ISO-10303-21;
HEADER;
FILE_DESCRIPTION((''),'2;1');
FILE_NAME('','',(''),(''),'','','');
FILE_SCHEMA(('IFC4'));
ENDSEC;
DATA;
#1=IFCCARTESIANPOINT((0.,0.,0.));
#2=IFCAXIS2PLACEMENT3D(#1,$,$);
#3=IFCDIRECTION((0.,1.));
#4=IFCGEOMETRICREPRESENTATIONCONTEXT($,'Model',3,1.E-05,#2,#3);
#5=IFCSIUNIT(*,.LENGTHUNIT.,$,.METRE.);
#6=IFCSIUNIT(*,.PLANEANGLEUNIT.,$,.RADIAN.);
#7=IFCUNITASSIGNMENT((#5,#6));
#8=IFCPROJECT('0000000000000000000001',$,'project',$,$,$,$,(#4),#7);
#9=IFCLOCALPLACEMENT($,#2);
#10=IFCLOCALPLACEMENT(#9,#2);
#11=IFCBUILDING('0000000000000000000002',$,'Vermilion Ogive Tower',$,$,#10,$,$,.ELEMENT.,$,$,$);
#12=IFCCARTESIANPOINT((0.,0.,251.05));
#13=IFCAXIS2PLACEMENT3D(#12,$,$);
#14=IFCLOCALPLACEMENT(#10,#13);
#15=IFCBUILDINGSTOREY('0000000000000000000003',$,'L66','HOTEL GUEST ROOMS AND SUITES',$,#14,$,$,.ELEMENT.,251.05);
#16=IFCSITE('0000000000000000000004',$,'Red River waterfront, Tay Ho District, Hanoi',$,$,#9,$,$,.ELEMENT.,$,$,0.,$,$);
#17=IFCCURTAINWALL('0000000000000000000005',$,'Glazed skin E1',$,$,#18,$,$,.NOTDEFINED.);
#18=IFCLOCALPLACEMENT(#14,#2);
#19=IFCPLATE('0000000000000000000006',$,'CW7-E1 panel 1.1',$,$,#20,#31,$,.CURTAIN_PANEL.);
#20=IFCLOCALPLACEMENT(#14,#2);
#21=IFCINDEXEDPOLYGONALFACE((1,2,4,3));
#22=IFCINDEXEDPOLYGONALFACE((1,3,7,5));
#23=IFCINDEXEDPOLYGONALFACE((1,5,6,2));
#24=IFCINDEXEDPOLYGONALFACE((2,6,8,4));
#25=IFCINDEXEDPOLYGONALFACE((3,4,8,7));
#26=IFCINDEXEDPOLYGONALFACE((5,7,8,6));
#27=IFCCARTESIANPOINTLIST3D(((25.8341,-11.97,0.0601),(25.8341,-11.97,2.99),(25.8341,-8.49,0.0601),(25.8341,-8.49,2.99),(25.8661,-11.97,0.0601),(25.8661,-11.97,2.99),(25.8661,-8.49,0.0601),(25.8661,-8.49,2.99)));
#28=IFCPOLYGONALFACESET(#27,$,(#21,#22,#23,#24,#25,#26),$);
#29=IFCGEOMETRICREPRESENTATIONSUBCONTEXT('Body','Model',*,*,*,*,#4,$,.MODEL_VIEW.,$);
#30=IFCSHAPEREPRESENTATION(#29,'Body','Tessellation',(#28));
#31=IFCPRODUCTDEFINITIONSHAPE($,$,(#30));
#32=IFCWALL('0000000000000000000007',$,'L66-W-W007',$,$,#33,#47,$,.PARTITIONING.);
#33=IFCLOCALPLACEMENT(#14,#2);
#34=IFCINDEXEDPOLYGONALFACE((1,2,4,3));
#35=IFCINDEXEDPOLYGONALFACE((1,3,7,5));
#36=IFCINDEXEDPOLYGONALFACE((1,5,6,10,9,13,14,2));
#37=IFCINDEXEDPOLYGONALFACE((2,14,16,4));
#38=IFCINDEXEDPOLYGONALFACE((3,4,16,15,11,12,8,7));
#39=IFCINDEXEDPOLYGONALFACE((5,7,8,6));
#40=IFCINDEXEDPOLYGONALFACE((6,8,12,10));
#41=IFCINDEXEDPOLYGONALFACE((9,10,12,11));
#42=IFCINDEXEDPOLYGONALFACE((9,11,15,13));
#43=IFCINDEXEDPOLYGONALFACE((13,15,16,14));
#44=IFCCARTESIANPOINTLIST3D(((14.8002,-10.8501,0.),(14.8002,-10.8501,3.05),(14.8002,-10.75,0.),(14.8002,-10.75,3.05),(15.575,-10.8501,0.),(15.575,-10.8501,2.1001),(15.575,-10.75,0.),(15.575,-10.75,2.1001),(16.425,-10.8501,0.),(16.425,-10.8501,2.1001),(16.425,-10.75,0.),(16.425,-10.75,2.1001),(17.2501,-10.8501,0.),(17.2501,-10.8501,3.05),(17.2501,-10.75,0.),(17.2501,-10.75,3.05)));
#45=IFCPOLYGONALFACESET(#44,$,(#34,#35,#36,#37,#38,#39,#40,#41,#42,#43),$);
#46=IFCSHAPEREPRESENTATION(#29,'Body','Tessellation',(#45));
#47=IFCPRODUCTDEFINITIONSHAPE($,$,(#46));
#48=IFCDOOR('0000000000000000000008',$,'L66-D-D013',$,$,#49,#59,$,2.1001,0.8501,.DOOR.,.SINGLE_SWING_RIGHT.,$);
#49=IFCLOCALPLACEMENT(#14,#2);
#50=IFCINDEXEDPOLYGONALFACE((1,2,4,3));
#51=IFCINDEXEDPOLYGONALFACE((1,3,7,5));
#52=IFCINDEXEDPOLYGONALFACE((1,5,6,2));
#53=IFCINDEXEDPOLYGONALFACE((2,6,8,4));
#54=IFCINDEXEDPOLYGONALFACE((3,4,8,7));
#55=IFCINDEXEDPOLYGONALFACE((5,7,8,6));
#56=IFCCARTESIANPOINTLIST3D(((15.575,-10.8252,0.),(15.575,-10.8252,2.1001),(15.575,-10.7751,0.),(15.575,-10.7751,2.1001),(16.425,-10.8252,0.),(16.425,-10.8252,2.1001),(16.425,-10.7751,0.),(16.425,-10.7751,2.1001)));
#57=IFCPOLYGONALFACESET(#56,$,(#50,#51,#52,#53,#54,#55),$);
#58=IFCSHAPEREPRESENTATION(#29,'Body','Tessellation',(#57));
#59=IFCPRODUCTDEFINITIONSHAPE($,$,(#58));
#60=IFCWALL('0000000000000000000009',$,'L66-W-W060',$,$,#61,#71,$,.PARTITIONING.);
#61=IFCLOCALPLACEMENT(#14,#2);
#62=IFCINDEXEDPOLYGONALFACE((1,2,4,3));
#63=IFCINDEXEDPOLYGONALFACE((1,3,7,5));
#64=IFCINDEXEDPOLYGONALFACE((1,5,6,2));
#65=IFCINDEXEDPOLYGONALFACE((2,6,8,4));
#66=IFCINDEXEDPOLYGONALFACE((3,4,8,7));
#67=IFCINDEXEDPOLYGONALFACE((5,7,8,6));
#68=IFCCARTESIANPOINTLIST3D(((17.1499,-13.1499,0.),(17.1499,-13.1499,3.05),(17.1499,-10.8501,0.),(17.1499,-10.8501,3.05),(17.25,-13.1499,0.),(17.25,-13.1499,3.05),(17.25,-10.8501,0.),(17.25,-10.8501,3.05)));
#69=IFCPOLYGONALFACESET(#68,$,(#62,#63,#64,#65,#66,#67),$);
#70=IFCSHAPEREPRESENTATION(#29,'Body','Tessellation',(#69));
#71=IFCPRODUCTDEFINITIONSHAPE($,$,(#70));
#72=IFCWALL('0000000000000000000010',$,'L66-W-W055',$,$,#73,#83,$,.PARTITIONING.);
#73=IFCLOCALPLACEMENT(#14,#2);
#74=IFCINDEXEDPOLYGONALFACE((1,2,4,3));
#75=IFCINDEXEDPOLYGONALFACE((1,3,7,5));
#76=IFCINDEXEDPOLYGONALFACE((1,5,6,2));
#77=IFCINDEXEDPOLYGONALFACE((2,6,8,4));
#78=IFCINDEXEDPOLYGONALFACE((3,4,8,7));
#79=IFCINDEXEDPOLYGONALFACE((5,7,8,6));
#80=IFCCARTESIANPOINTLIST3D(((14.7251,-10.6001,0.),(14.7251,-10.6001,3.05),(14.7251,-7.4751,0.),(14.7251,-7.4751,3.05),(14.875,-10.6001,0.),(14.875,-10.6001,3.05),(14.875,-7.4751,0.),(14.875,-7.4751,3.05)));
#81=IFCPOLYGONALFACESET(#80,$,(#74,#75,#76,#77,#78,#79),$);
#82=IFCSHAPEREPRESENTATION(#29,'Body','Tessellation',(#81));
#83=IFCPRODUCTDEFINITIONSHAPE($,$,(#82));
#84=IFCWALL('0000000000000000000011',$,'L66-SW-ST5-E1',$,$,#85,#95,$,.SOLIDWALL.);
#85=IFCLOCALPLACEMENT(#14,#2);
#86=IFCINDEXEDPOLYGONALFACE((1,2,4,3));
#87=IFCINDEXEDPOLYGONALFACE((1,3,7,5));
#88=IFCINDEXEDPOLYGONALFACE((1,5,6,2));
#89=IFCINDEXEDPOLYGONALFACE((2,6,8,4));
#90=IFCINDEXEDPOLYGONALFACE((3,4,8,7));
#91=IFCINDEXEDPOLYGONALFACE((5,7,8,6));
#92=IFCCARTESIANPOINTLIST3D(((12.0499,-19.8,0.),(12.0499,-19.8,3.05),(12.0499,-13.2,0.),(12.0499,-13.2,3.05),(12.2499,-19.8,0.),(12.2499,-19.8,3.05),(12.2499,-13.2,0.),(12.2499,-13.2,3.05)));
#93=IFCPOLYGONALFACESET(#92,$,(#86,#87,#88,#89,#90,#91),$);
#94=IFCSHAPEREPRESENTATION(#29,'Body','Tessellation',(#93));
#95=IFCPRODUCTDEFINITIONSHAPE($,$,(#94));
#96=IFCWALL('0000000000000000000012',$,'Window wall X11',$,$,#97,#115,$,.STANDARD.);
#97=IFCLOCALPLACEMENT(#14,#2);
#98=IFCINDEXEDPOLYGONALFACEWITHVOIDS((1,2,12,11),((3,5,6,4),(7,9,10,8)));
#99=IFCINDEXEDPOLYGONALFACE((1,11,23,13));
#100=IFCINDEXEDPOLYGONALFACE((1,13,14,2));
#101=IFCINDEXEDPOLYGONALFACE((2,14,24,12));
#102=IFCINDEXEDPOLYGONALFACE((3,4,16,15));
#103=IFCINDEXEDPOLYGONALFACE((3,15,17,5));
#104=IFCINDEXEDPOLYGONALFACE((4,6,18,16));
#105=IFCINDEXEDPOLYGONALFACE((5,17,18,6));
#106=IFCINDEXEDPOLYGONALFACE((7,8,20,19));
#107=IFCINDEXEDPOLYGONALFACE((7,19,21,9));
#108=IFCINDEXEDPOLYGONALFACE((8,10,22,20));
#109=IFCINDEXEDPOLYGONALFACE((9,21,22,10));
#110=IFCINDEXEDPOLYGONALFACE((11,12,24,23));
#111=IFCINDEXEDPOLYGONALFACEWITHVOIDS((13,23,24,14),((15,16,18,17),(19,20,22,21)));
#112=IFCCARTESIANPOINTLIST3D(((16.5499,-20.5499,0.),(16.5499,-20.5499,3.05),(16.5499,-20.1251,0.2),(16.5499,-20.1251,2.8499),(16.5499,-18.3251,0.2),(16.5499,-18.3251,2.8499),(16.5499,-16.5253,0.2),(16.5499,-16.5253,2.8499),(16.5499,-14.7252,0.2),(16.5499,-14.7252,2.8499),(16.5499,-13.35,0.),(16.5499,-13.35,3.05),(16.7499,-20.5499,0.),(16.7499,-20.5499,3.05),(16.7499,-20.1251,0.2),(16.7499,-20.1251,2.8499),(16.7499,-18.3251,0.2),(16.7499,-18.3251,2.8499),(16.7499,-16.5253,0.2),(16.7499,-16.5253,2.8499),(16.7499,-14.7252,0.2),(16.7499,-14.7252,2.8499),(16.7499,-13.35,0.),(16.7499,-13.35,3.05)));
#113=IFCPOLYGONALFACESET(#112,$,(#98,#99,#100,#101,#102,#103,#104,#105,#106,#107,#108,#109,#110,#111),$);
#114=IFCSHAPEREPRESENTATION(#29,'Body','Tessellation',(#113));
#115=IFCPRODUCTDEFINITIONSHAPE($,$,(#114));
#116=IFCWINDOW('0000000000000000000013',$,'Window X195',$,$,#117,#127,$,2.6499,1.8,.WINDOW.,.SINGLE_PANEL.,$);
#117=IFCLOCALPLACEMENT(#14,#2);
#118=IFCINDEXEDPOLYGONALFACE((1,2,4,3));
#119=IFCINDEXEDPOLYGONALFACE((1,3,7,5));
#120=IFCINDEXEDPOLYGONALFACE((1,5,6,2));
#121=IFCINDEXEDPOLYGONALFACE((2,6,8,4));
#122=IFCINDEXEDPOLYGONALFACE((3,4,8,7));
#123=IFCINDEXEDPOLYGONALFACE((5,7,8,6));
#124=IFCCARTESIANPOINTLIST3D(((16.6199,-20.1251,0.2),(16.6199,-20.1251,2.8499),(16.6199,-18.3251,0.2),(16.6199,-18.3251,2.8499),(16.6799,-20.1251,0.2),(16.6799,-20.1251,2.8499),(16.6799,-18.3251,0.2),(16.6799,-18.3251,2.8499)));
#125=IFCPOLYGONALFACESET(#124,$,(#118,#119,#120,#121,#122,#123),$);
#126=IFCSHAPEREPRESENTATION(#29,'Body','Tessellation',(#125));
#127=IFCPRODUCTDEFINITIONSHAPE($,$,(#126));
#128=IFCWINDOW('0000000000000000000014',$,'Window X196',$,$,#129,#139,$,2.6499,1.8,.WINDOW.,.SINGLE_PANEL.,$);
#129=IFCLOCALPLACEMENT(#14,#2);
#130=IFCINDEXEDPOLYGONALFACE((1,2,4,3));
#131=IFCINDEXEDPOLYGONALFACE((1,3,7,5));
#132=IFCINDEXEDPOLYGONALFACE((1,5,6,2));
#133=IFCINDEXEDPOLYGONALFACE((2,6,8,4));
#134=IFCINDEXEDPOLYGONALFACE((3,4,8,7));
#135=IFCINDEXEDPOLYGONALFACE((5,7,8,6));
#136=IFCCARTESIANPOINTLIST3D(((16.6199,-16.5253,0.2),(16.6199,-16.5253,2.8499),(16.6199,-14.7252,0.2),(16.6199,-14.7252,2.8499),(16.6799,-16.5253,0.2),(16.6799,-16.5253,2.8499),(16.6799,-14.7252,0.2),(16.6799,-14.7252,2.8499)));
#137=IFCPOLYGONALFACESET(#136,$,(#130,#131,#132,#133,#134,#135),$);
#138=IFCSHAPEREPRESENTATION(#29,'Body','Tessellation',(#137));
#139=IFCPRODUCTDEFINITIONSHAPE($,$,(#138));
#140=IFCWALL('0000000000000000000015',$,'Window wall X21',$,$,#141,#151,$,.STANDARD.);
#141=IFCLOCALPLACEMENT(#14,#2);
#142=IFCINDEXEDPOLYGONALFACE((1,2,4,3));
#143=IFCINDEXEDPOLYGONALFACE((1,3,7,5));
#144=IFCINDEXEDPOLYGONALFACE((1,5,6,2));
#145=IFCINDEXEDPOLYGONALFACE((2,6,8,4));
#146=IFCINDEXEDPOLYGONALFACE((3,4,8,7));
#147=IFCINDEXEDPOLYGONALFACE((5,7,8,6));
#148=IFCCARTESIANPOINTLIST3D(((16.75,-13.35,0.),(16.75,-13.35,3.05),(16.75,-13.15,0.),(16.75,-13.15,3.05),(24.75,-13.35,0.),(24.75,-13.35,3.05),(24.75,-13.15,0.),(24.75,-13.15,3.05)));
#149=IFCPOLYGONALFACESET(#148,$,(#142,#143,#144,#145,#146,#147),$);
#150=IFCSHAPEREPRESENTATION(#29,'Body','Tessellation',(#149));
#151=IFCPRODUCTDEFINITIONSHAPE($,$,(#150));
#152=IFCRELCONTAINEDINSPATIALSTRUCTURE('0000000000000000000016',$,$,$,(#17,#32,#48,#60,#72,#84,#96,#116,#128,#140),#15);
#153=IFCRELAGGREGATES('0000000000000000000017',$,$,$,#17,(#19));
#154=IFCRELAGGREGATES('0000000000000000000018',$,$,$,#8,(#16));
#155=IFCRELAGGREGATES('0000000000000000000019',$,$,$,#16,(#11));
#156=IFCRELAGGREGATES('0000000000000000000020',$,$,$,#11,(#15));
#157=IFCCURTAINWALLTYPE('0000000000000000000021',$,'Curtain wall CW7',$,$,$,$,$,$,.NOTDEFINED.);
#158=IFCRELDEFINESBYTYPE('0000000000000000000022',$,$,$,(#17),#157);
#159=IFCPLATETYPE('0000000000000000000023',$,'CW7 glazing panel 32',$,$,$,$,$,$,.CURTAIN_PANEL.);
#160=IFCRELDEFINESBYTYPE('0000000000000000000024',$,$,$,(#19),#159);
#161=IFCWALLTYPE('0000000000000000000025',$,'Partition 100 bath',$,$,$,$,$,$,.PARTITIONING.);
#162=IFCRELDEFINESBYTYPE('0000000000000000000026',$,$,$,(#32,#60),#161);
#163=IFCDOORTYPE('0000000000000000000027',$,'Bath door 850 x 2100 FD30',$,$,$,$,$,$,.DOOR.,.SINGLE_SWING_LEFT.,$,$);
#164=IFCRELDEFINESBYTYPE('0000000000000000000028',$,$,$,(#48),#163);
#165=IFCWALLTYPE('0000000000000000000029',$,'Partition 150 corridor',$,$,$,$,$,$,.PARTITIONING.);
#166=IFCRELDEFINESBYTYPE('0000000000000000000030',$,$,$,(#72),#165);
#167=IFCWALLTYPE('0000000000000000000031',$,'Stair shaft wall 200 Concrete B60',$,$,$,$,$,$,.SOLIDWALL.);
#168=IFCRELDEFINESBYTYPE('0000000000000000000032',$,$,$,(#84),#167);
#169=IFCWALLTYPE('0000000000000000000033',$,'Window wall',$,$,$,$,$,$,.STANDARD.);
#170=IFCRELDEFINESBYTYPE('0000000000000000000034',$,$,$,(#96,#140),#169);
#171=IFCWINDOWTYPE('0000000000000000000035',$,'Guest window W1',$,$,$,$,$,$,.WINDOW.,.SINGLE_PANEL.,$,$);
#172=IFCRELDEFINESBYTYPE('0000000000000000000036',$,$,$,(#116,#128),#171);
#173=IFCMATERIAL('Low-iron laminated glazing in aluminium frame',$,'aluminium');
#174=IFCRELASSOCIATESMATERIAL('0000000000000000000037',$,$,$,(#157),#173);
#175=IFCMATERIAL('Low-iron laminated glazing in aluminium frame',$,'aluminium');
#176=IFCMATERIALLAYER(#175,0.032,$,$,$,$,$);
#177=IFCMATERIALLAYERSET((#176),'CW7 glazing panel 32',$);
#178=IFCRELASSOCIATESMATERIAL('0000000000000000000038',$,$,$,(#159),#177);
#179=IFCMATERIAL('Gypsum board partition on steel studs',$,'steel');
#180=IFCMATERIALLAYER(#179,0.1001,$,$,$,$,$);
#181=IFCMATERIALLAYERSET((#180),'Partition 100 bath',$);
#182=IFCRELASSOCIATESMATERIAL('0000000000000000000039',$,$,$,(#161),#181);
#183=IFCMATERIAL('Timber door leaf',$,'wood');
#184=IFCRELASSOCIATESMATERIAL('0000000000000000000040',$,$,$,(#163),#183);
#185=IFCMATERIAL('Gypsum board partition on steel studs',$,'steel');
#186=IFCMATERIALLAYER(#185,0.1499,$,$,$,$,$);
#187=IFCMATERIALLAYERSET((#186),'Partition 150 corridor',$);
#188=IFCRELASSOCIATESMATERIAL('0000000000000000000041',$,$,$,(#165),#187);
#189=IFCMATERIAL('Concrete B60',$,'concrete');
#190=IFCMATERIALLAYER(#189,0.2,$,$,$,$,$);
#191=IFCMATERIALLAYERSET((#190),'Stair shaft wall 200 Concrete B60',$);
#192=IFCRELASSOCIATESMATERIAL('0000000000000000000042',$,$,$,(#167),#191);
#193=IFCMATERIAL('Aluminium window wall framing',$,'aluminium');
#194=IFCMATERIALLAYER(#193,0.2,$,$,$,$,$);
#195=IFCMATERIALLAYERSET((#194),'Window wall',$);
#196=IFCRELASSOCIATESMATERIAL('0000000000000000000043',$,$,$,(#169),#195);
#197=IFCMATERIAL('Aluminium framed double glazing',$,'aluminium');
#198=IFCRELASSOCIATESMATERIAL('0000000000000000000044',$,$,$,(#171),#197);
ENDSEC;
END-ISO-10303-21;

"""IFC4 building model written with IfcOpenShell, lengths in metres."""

from ifc_helpers import new_model, si_unit, direction, frame, frame_2d, origin, origin_2d, place, context, subcontext, project, spatial, rectangle, extrude, material, layer, layer_set, type_object, element, fill, aggregate, save


model = new_model("IFC4")

# Units and contexts
model_context = context("Model", 3, precision=1e-05, world=origin(), true_north=direction((0.0, 1.0)))
body_context = subcontext(model_context, "Body", "Model", "MODEL_VIEW")
ifc_project = project(units=[si_unit("LENGTHUNIT", "METRE"), si_unit("PLANEANGLEUNIT", "RADIAN")], contexts=[model_context])

# Site, building, storey
site_placement = place(None, origin())
site = spatial("IfcSite", under=ifc_project, at=site_placement, Name="Red River waterfront, Tay Ho District, Hanoi", CompositionType="ELEMENT", RefElevation=0.0)
building_placement = place(site_placement, origin())
building = spatial("IfcBuilding", under=site, at=building_placement, Name="Vermilion Ogive Tower", CompositionType="ELEMENT")
storey_placement = place(building_placement, frame((0.0, 0.0, 251.05)))
storey = spatial("IfcBuildingStorey", under=building, at=storey_placement, Name="L66", Description="HOTEL GUEST ROOMS AND SUITES", CompositionType="ELEMENT", Elevation=251.05)

# Shared definitions
ifc_material_1 = material(Name="Low-iron laminated glazing in aluminium frame", Category="aluminium")
curtain_wall_type = type_object("IfcCurtainWallType", Name="Curtain wall CW7", PredefinedType="NOTDEFINED", material=ifc_material_1)

# Curtain wall
curtain_wall_1_placement = place(storey_placement, origin())
curtain_wall_1 = element("IfcCurtainWall", 1, at=curtain_wall_1_placement, inside=storey, type_object=curtain_wall_type, Name="Glazed skin E1", PredefinedType="NOTDEFINED")

# Plate
ifc_material_2 = material(Name="Low-iron laminated glazing in aluminium frame", Category="aluminium")
ifc_layer_1 = layer(ifc_material_2, 0.032)
ifc_layer_set_1 = layer_set([ifc_layer_1], Name="CW7 glazing panel 32")
plate_type = type_object("IfcPlateType", Name="CW7 glazing panel 32", PredefinedType="CURTAIN_PANEL", material=ifc_layer_set_1)
plate_1_placement = place(storey_placement, frame((25.8501, -10.23, 0.0601), z_axis=(0.0, 0.0, 1.0), x_axis=(0.0, 1.0, 0.0)))
plate_1 = element("IfcPlate", 2, at=plate_1_placement, type_object=plate_type, Name="CW7-E1 panel 1.1", PredefinedType="CURTAIN_PANEL", context=body_context, shape_type="SweptSolid", body=[
    extrude(rectangle(XDim=3.48, YDim=0.032, at=origin_2d()), origin(), (0.0, 0.0, 1.0), 2.9299),
])
aggregate(curtain_wall_1, [plate_1])

# Wall, opening, door
ifc_material_3 = material(Name="Gypsum board partition on steel studs", Category="steel")
ifc_layer_2 = layer(ifc_material_3, 0.1001)
ifc_layer_set_2 = layer_set([ifc_layer_2], Name="Partition 100 bath")
wall_type_1 = type_object("IfcWallType", Name="Partition 100 bath", PredefinedType="PARTITIONING", material=ifc_layer_set_2)
wall_1_placement = place(storey_placement, frame((14.8, -10.8, 0.0), z_axis=(0.0, 0.0, 1.0), x_axis=(1.0, 0.0, 0.0)))
wall_1 = element("IfcWall", 3, at=wall_1_placement, inside=storey, type_object=wall_type_1, Name="L66-W-W007", PredefinedType="PARTITIONING", context=body_context, shape_type="SweptSolid", body=[
    extrude(rectangle(XDim=2.45, YDim=0.1001, at=frame_2d((1.2251, 0.0))), origin(), (0.0, 0.0, 1.0), 3.05),
])
opening_1_placement = place(wall_1_placement, frame((0.7749, 0.0, 0.0)))
opening_1 = element("IfcOpeningElement", 4, at=opening_1_placement, cuts=wall_1, PredefinedType="OPENING", context=body_context, shape_type="SweptSolid", body=[
    extrude(rectangle(XDim=0.8501, YDim=2.1001, at=frame_2d((0.425, 1.05))), frame((0.0, 0.0601, 0.0), z_axis=(0.0, -1.0, 0.0), x_axis=(1.0, 0.0, 0.0)), (0.0, 0.0, 1.0), 0.1201),
])
ifc_material_4 = material(Name="Timber door leaf", Category="wood")
door_type = type_object("IfcDoorType", Name="Bath door 850 x 2100 FD30", OperationType="SINGLE_SWING_LEFT", PredefinedType="DOOR", material=ifc_material_4)
door_placement = place(opening_1_placement, origin())
door = element("IfcDoor", 5, at=door_placement, inside=storey, type_object=door_type, Name="L66-D-D013", OperationType="SINGLE_SWING_RIGHT", OverallHeight=2.1001, OverallWidth=0.8501, PredefinedType="DOOR", context=body_context, shape_type="SweptSolid", body=[
    extrude(rectangle(XDim=0.8501, YDim=2.1001, at=frame_2d((0.425, 1.05))), frame((0.0, 0.0249, 0.0), z_axis=(0.0, -1.0, 0.0), x_axis=(1.0, 0.0, 0.0)), (0.0, 0.0, 1.0), 0.05),
])
fill(opening_1, door)

# Walls
wall_2_placement = place(storey_placement, frame((17.2, -13.1499, 0.0), z_axis=(0.0, 0.0, 1.0), x_axis=(0.0, 1.0, 0.0)))
element("IfcWall", 6, at=wall_2_placement, inside=storey, type_object=wall_type_1, Name="L66-W-W060", PredefinedType="PARTITIONING", context=body_context, shape_type="SweptSolid", body=[
    extrude(rectangle(XDim=2.2998, YDim=0.1001, at=frame_2d((1.1499, 0.0))), origin(), (0.0, 0.0, 1.0), 3.05),
])
ifc_material_5 = material(Name="Gypsum board partition on steel studs", Category="steel")
ifc_layer_3 = layer(ifc_material_5, 0.1499)
ifc_layer_set_3 = layer_set([ifc_layer_3], Name="Partition 150 corridor")
wall_type_2 = type_object("IfcWallType", Name="Partition 150 corridor", PredefinedType="PARTITIONING", material=ifc_layer_set_3)
wall_3_placement = place(storey_placement, frame((14.8, -10.6001, 0.0), z_axis=(0.0, 0.0, 1.0), x_axis=(0.0, 1.0, 0.0)))
element("IfcWall", 7, at=wall_3_placement, inside=storey, type_object=wall_type_2, Name="L66-W-W055", PredefinedType="PARTITIONING", context=body_context, shape_type="SweptSolid", body=[
    extrude(rectangle(XDim=3.125, YDim=0.1499, at=frame_2d((1.5625, 0.0))), origin(), (0.0, 0.0, 1.0), 3.05),
])
ifc_material_6 = material(Name="Concrete B60", Category="concrete")
ifc_layer_4 = layer(ifc_material_6, 0.2)
ifc_layer_set_4 = layer_set([ifc_layer_4], Name="Stair shaft wall 200 Concrete B60")
wall_type_3 = type_object("IfcWallType", Name="Stair shaft wall 200 Concrete B60", PredefinedType="SOLIDWALL", material=ifc_layer_set_4)
wall_4_placement = place(storey_placement, frame((12.1499, -19.8, 0.0), z_axis=(0.0, 0.0, 1.0), x_axis=(0.0, 1.0, 0.0)))
element("IfcWall", 8, at=wall_4_placement, inside=storey, type_object=wall_type_3, Name="L66-SW-ST5-E1", PredefinedType="SOLIDWALL", context=body_context, shape_type="SweptSolid", body=[
    extrude(rectangle(XDim=6.6001, YDim=0.2, at=frame_2d((3.3, 0.0))), origin(), (0.0, 0.0, 1.0), 3.05),
])

# Wall, openings, windows
ifc_material_7 = material(Name="Aluminium window wall framing", Category="aluminium")
ifc_layer_5 = layer(ifc_material_7, 0.2)
ifc_layer_set_5 = layer_set([ifc_layer_5], Name="Window wall")
wall_type_4 = type_object("IfcWallType", Name="Window wall", PredefinedType="STANDARD", material=ifc_layer_set_5)
wall_5_placement = place(storey_placement, frame((16.6499, -20.55, 0.0), z_axis=(0.0, 0.0, 1.0), x_axis=(0.0, 1.0, 0.0)))
wall_5 = element("IfcWall", 9, at=wall_5_placement, inside=storey, type_object=wall_type_4, Name="Window wall X11", PredefinedType="STANDARD", context=body_context, shape_type="SweptSolid", body=[
    extrude(rectangle(XDim=7.2, YDim=0.2, at=frame_2d((3.6001, 0.0))), origin(), (0.0, 0.0, 1.0), 3.05),
])
opening_2_placement = place(wall_5_placement, frame((0.425, 0.0, 0.2)))
opening_2 = element("IfcOpeningElement", 10, at=opening_2_placement, cuts=wall_5, PredefinedType="OPENING", context=body_context, shape_type="SweptSolid", body=[
    extrude(rectangle(XDim=1.8, YDim=2.6499, at=frame_2d((0.8999, 1.325))), frame((0.0, 0.1099, 0.0), z_axis=(0.0, -1.0, 0.0), x_axis=(1.0, 0.0, 0.0)), (0.0, 0.0, 1.0), 0.22),
])
opening_3_placement = place(wall_5_placement, frame((4.0249, 0.0, 0.2)))
opening_3 = element("IfcOpeningElement", 11, at=opening_3_placement, cuts=wall_5, PredefinedType="OPENING", context=body_context, shape_type="SweptSolid", body=[
    extrude(rectangle(XDim=1.8, YDim=2.6499, at=frame_2d((0.8999, 1.325))), frame((0.0, 0.1099, 0.0), z_axis=(0.0, -1.0, 0.0), x_axis=(1.0, 0.0, 0.0)), (0.0, 0.0, 1.0), 0.22),
])
ifc_material_8 = material(Name="Aluminium framed double glazing", Category="aluminium")
window_type = type_object("IfcWindowType", Name="Guest window W1", PartitioningType="SINGLE_PANEL", PredefinedType="WINDOW", material=ifc_material_8)
window_1_placement = place(opening_2_placement, origin())
window_1 = element("IfcWindow", 12, at=window_1_placement, inside=storey, type_object=window_type, Name="Window X195", OverallHeight=2.6499, OverallWidth=1.8, PartitioningType="SINGLE_PANEL", PredefinedType="WINDOW", context=body_context, shape_type="SweptSolid", body=[
    extrude(rectangle(XDim=1.8, YDim=2.6499, at=frame_2d((0.8999, 1.325))), frame((0.0, 0.03, 0.0), z_axis=(0.0, -1.0, 0.0), x_axis=(1.0, 0.0, 0.0)), (0.0, 0.0, 1.0), 0.0601),
])
fill(opening_2, window_1)
window_2_placement = place(opening_3_placement, origin())
window_2 = element("IfcWindow", 13, at=window_2_placement, inside=storey, type_object=window_type, Name="Window X196", OverallHeight=2.6499, OverallWidth=1.8, PartitioningType="SINGLE_PANEL", PredefinedType="WINDOW", context=body_context, shape_type="SweptSolid", body=[
    extrude(rectangle(XDim=1.8, YDim=2.6499, at=frame_2d((0.8999, 1.325))), frame((0.0, 0.03, 0.0), z_axis=(0.0, -1.0, 0.0), x_axis=(1.0, 0.0, 0.0)), (0.0, 0.0, 1.0), 0.0601),
])
fill(opening_3, window_2)

# Wall
wall_6_placement = place(storey_placement, frame((16.75, -13.25, 0.0), z_axis=(0.0, 0.0, 1.0), x_axis=(1.0, 0.0, 0.0)))
element("IfcWall", 14, at=wall_6_placement, inside=storey, type_object=wall_type_4, Name="Window wall X21", PredefinedType="STANDARD", context=body_context, shape_type="SweptSolid", body=[
    extrude(rectangle(XDim=8.0, YDim=0.2, at=frame_2d((4.0, 0.0))), origin(), (0.0, 0.0, 1.0), 3.05),
])

save(model, "model.ifc")
